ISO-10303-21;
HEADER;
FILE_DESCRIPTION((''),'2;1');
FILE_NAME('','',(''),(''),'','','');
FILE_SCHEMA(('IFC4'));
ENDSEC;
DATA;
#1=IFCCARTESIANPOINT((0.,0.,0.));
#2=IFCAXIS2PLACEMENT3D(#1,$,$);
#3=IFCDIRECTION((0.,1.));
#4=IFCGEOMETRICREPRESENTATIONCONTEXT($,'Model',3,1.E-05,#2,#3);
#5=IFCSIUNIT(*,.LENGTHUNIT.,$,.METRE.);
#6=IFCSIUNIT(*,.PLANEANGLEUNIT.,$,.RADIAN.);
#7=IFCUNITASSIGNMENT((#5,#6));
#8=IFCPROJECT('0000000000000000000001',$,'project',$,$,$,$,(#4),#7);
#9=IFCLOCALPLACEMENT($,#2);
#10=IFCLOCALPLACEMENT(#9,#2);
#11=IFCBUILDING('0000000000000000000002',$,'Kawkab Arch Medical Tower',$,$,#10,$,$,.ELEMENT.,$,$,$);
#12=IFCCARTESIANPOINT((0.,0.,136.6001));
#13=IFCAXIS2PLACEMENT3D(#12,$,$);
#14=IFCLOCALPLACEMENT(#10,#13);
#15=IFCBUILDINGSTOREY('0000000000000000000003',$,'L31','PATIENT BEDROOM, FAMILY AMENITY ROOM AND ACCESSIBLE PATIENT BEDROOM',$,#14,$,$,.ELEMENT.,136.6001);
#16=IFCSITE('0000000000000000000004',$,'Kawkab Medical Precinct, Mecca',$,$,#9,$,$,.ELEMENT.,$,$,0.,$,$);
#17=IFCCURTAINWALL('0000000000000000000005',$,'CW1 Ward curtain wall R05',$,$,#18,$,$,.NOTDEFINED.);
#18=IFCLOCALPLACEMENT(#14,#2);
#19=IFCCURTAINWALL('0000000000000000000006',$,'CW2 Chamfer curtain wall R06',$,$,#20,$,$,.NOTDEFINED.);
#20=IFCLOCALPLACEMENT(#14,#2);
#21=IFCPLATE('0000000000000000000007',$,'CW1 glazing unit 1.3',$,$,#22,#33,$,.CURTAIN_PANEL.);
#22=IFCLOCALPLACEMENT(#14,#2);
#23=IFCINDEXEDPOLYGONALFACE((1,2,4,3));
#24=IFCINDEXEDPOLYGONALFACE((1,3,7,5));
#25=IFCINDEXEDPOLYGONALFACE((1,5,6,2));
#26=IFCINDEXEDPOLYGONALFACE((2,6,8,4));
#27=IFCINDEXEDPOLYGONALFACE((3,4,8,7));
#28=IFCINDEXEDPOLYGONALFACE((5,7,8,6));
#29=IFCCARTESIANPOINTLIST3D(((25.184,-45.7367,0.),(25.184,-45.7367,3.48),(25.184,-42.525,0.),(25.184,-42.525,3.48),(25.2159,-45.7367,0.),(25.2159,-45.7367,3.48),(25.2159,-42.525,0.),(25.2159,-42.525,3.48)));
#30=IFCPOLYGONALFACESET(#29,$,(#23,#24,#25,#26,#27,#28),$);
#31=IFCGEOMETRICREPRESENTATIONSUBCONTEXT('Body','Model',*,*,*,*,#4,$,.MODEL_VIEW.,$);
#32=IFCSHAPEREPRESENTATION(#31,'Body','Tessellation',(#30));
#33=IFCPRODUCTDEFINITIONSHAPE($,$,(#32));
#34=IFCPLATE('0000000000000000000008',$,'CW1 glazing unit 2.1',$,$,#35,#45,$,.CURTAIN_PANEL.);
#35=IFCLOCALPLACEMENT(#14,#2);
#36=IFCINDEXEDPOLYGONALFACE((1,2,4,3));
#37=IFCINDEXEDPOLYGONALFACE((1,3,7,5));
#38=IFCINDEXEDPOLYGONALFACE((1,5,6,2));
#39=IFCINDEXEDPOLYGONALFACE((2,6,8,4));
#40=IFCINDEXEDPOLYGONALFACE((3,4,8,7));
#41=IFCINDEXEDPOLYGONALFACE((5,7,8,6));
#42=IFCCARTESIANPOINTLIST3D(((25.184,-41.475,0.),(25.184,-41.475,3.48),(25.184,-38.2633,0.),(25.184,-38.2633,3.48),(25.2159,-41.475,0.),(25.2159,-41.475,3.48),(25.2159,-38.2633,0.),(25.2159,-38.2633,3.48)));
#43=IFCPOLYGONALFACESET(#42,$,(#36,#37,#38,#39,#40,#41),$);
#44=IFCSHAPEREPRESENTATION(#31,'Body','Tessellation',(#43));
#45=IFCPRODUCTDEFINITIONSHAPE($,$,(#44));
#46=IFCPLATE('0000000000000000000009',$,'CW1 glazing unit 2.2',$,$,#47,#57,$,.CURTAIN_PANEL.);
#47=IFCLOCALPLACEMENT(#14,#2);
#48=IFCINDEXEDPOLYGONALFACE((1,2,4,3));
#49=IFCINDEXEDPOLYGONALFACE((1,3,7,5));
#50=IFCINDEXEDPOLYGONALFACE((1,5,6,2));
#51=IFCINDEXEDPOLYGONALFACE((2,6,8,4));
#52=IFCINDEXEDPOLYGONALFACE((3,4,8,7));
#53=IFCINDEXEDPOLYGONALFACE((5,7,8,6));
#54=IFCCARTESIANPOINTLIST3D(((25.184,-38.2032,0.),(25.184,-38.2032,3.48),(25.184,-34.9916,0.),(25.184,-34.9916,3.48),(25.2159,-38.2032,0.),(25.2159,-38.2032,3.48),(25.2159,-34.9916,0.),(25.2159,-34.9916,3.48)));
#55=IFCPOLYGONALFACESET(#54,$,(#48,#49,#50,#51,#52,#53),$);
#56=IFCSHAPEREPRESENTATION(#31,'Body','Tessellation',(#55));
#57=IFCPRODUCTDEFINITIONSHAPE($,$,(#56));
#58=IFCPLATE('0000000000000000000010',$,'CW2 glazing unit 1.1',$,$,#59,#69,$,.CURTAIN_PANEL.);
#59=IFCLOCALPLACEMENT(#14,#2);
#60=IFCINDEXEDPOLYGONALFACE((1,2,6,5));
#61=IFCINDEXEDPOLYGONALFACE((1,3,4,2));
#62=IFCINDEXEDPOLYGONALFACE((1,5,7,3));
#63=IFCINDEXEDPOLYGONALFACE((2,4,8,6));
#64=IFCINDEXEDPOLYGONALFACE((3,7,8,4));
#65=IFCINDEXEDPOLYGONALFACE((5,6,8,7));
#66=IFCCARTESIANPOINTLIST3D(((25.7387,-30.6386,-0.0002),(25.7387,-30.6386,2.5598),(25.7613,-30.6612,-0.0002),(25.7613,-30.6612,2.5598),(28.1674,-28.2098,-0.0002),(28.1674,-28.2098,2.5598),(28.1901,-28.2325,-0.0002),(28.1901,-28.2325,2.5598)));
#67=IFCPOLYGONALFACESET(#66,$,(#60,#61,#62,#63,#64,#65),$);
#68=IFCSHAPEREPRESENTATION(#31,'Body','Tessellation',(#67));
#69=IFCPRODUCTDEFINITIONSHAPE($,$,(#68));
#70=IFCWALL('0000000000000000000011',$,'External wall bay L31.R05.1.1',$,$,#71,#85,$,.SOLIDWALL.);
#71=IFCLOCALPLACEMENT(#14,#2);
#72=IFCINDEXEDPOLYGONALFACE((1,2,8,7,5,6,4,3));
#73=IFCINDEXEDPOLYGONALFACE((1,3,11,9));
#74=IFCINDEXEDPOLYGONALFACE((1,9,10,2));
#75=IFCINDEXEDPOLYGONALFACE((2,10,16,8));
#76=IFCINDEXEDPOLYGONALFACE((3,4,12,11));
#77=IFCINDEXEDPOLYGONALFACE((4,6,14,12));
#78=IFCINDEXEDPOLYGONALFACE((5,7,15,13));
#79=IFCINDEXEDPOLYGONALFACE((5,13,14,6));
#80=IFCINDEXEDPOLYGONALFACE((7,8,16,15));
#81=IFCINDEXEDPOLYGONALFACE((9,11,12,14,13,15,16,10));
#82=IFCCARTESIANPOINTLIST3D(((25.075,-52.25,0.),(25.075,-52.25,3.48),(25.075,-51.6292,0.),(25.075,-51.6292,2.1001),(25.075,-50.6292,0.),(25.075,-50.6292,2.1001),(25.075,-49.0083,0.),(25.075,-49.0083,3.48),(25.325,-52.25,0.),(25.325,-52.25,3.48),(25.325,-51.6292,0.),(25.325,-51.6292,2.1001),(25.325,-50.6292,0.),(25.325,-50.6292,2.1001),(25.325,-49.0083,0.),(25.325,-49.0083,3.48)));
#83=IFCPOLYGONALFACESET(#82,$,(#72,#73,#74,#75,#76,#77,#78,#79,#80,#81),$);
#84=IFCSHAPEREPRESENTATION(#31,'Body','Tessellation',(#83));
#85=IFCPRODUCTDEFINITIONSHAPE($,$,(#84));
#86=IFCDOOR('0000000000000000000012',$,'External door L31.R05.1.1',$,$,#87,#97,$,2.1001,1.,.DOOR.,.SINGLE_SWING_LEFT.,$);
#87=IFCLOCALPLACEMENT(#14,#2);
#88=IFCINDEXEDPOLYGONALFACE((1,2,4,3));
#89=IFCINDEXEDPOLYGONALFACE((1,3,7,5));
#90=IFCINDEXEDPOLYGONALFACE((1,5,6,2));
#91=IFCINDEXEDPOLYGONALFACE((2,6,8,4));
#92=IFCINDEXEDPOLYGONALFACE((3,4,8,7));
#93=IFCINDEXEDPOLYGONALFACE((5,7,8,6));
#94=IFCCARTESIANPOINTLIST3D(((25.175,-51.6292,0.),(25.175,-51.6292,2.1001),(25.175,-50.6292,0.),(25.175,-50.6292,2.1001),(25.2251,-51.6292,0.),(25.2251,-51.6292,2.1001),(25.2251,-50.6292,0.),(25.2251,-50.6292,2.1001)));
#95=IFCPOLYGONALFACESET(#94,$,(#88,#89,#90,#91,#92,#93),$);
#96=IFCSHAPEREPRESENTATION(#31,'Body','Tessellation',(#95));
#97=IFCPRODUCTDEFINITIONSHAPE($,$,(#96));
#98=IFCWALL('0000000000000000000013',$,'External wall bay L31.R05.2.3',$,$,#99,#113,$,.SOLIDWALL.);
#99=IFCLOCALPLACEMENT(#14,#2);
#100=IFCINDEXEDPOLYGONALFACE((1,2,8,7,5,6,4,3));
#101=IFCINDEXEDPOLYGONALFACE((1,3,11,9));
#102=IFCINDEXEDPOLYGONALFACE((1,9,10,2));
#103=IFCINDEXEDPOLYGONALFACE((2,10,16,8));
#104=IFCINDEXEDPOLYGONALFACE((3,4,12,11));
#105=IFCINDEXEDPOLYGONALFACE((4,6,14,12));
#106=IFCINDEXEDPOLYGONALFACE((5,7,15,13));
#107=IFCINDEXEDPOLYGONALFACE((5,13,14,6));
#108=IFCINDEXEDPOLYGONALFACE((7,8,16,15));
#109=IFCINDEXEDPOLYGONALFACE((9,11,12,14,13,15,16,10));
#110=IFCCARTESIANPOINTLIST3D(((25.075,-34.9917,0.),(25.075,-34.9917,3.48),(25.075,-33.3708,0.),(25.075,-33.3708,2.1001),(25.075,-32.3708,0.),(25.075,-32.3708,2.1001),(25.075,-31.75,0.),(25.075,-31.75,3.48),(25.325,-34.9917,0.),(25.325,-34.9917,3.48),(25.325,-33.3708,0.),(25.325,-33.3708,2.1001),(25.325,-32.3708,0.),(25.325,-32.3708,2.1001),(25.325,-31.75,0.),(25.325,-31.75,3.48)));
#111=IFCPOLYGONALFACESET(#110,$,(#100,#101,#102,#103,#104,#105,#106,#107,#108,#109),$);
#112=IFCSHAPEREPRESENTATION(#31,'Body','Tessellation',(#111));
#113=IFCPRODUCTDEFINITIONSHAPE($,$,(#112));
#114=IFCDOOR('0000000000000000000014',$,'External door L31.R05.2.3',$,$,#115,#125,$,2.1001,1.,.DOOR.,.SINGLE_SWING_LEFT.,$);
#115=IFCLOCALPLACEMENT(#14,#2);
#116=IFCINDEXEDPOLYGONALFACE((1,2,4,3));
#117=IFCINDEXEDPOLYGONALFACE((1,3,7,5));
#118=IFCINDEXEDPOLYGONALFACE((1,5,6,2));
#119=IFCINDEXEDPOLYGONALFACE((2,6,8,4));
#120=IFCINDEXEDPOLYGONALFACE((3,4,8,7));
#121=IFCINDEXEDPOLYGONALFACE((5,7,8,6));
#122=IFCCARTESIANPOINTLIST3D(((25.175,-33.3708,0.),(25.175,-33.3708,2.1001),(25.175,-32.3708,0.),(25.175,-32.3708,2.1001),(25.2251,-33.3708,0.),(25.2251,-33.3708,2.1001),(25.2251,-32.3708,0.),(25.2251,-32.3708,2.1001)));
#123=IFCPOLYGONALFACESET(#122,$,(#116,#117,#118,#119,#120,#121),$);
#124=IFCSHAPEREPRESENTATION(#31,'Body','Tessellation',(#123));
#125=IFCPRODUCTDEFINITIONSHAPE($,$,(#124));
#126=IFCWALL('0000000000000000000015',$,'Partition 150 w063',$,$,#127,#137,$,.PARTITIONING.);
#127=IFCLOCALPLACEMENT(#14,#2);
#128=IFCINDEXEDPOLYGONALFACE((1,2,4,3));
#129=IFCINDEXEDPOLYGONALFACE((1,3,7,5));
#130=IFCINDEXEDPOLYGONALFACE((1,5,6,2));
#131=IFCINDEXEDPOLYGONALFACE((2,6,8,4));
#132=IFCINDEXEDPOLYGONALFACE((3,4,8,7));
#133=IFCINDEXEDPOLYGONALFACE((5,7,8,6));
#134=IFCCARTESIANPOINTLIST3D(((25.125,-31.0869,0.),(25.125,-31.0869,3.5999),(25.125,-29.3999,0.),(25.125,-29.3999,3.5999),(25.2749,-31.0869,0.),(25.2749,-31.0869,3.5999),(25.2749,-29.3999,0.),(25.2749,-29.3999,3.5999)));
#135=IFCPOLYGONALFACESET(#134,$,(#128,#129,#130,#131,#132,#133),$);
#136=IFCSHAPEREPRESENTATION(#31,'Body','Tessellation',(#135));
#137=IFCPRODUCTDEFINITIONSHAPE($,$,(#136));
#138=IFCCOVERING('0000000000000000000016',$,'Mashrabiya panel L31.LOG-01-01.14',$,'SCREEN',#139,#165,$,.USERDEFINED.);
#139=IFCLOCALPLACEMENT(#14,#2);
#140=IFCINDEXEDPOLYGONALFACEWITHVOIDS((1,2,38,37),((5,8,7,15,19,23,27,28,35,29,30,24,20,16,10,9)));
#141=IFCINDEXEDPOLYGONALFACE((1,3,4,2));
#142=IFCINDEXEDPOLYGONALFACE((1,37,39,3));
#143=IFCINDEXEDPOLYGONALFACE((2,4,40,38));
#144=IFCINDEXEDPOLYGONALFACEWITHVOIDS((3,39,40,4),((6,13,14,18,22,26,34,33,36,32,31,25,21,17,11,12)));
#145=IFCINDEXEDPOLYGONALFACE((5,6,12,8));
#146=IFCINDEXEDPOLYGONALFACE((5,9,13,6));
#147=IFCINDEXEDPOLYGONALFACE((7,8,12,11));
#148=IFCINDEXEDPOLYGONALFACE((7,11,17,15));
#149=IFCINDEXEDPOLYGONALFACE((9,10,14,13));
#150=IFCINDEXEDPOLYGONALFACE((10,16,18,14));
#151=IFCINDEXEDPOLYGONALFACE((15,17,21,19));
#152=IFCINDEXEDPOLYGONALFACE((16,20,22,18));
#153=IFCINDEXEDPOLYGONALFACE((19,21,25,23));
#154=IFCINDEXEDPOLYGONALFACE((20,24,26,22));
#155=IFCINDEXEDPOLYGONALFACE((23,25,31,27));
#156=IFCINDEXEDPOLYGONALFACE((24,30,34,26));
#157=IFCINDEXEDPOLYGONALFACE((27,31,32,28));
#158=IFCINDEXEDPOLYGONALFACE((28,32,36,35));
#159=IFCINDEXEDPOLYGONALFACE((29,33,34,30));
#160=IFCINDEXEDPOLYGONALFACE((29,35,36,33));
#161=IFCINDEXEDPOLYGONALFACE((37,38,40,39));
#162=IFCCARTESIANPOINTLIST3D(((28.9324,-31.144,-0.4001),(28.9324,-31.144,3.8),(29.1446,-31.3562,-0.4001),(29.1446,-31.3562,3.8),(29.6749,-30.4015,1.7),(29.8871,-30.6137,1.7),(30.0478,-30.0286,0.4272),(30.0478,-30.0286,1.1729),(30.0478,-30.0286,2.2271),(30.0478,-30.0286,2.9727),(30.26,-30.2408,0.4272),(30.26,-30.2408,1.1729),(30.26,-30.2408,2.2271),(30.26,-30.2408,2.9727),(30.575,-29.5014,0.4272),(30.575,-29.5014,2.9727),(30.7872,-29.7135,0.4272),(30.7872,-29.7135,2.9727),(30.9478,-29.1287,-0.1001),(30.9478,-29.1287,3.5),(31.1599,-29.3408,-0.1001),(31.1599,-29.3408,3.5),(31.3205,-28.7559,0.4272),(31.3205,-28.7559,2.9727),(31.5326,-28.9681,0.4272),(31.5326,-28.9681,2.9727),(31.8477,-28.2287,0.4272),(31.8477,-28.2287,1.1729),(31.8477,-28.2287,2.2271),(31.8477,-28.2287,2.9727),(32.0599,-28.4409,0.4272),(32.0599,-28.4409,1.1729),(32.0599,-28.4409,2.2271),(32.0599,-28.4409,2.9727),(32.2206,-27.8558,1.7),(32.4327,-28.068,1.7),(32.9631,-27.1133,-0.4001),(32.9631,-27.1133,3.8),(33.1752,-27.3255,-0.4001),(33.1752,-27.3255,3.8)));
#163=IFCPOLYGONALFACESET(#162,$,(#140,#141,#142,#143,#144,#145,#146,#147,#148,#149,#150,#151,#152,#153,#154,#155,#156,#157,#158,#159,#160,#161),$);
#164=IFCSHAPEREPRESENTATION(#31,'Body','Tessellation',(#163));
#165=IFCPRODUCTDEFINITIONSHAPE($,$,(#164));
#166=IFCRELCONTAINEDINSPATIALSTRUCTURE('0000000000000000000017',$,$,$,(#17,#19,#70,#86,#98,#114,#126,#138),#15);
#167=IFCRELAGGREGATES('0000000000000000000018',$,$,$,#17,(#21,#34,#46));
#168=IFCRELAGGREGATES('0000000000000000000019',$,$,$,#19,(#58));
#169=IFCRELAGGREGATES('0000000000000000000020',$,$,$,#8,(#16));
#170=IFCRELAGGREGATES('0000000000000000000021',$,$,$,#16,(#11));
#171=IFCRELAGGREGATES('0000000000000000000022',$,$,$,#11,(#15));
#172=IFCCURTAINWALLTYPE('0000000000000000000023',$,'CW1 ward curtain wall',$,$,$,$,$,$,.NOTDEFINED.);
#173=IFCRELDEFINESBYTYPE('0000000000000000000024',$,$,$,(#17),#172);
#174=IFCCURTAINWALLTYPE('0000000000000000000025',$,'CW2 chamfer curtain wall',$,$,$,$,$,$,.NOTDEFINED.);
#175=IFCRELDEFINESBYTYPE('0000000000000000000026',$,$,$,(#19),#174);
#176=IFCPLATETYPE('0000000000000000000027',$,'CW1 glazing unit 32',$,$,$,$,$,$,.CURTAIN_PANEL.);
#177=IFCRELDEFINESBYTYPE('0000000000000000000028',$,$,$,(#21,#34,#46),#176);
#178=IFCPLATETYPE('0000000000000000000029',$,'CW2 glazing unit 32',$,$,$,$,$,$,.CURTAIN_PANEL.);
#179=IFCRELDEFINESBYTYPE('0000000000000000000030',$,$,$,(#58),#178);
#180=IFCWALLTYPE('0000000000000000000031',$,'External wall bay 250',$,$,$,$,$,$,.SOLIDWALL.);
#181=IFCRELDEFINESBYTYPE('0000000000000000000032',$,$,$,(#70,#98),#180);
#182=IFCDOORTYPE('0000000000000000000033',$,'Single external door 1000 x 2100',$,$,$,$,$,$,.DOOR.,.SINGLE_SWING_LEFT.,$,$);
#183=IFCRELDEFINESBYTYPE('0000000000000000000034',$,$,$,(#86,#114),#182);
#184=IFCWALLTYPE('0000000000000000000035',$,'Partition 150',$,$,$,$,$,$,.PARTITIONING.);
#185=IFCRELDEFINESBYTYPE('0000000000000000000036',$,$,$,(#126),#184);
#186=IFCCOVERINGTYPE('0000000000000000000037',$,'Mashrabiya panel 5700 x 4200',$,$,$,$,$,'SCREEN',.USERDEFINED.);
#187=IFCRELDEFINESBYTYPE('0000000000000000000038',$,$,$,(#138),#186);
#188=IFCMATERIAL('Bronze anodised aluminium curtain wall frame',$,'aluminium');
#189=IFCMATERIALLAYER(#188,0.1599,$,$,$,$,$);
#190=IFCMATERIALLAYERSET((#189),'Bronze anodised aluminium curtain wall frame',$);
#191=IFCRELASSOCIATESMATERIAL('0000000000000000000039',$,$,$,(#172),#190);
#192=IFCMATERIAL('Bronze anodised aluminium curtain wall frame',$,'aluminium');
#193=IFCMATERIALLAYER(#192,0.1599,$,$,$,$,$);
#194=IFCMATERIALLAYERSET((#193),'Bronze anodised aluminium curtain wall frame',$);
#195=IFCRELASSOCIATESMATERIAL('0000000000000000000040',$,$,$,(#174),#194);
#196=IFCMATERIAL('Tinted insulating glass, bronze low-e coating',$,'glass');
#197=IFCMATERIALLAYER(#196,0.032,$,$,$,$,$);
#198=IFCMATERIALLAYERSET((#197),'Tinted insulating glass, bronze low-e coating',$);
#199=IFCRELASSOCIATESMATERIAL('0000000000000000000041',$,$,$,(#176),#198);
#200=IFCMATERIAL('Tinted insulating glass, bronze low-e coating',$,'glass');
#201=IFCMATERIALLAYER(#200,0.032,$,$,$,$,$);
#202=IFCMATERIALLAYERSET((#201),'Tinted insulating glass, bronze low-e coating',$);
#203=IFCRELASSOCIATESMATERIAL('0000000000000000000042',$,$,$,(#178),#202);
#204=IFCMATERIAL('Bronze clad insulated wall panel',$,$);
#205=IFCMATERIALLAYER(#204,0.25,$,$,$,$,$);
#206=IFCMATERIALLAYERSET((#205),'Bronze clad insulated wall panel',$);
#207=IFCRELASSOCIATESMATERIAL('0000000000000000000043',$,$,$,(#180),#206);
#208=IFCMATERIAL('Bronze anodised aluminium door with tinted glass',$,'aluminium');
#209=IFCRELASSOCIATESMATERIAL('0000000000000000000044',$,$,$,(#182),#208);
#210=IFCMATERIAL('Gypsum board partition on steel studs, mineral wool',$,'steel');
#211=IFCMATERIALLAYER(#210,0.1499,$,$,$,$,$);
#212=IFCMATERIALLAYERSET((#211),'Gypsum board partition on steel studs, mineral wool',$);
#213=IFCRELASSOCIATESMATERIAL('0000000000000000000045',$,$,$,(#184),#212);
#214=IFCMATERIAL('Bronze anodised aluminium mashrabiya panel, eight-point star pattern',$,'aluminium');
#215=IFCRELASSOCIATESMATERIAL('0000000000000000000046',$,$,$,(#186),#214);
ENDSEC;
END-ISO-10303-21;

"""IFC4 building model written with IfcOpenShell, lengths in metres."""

from ifc_helpers import new_model, si_unit, direction, frame, frame_2d, origin, origin_2d, place, context, subcontext, project, spatial, polyline, rectangle, outline, extrude, material, layer, layer_set, material_profile, profile_set, type_object, element, fill, aggregate, save


model = new_model("IFC4")

# Units and contexts
model_context = context("Model", 3, precision=1e-05, world=origin(), true_north=direction((0.0, 1.0)))
body_context = subcontext(model_context, "Body", "Model", "MODEL_VIEW")
ifc_project = project(units=[si_unit("LENGTHUNIT", "METRE"), si_unit("PLANEANGLEUNIT", "RADIAN")], contexts=[model_context])

# Site, building, storey
site_placement = place(None, origin())
site = spatial("IfcSite", under=ifc_project, at=site_placement, Name="Kawkab Medical Precinct, Mecca", CompositionType="ELEMENT", RefElevation=0.0)
building_placement = place(site_placement, origin())
building = spatial("IfcBuilding", under=site, at=building_placement, Name="Kawkab Arch Medical Tower", CompositionType="ELEMENT")
storey_placement = place(building_placement, frame((0.0, 0.0, 136.6001)))
storey = spatial("IfcBuildingStorey", under=building, at=storey_placement, Name="L31", Description="PATIENT BEDROOM, FAMILY AMENITY ROOM AND ACCESSIBLE PATIENT BEDROOM", CompositionType="ELEMENT", Elevation=136.6001)

# Curtain walls
ifc_material_1 = material(Name="Bronze anodised aluminium curtain wall frame", Category="aluminium")
ifc_layer_1 = layer(ifc_material_1, 0.1599)
ifc_layer_set_1 = layer_set([ifc_layer_1], Name="Bronze anodised aluminium curtain wall frame")
curtain_wall_type_1 = type_object("IfcCurtainWallType", Name="CW1 ward curtain wall", PredefinedType="NOTDEFINED", material=ifc_layer_set_1)
placement = place(storey_placement, origin())
curtain_wall_1 = element("IfcCurtainWall", 1, at=placement, inside=storey, type_object=curtain_wall_type_1, Name="CW1 Ward curtain wall R05", PredefinedType="NOTDEFINED")
ifc_material_2 = material(Name="Bronze anodised aluminium curtain wall frame", Category="aluminium")
ifc_layer_2 = layer(ifc_material_2, 0.1599)
ifc_layer_set_2 = layer_set([ifc_layer_2], Name="Bronze anodised aluminium curtain wall frame")
curtain_wall_type_2 = type_object("IfcCurtainWallType", Name="CW2 chamfer curtain wall", PredefinedType="NOTDEFINED", material=ifc_layer_set_2)
curtain_wall_2 = element("IfcCurtainWall", 2, at=placement, inside=storey, type_object=curtain_wall_type_2, Name="CW2 Chamfer curtain wall R06", PredefinedType="NOTDEFINED")

# Plates
ifc_material_3 = material(Name="Tinted insulating glass, bronze low-e coating", Category="glass")
ifc_layer_3 = layer(ifc_material_3, 0.032)
ifc_layer_set_3 = layer_set([ifc_layer_3], Name="Tinted insulating glass, bronze low-e coating")
plate_type_1 = type_object("IfcPlateType", Name="CW1 glazing unit 32", PredefinedType="CURTAIN_PANEL", material=ifc_layer_set_3)
plate_1_placement = place(storey_placement, frame((25.2, -44.1309, 0.0), z_axis=(0.0, 0.0, 1.0), x_axis=(0.0, 1.0, 0.0)))
plate_1 = element("IfcPlate", 3, at=plate_1_placement, type_object=plate_type_1, Name="CW1 glazing unit 1.3", PredefinedType="CURTAIN_PANEL", context=body_context, shape_type="SweptSolid", body=[
    extrude(rectangle(XDim=3.2117, YDim=0.032, at=origin_2d()), origin(), (0.0, 0.0, 1.0), 3.48),
])
plate_2_placement = place(storey_placement, frame((25.2, -39.8691, 0.0), z_axis=(0.0, 0.0, 1.0), x_axis=(0.0, 1.0, 0.0)))
plate_2 = element("IfcPlate", 4, at=plate_2_placement, type_object=plate_type_1, Name="CW1 glazing unit 2.1", PredefinedType="CURTAIN_PANEL", context=body_context, shape_type="SweptSolid", body=[
    extrude(rectangle(XDim=3.2117, YDim=0.032, at=origin_2d()), origin(), (0.0, 0.0, 1.0), 3.48),
])
plate_3_placement = place(storey_placement, frame((25.2, -36.5974, 0.0), z_axis=(0.0, 0.0, 1.0), x_axis=(0.0, 1.0, 0.0)))
plate_3 = element("IfcPlate", 5, at=plate_3_placement, type_object=plate_type_1, Name="CW1 glazing unit 2.2", PredefinedType="CURTAIN_PANEL", context=body_context, shape_type="SweptSolid", body=[
    extrude(rectangle(XDim=3.2117, YDim=0.032, at=origin_2d()), origin(), (0.0, 0.0, 1.0), 3.48),
])
aggregate(curtain_wall_1, [plate_1, plate_2, plate_3])
ifc_material_4 = material(Name="Tinted insulating glass, bronze low-e coating", Category="glass")
ifc_layer_4 = layer(ifc_material_4, 0.032)
ifc_layer_set_4 = layer_set([ifc_layer_4], Name="Tinted insulating glass, bronze low-e coating")
plate_type_2 = type_object("IfcPlateType", Name="CW2 glazing unit 32", PredefinedType="CURTAIN_PANEL", material=ifc_layer_set_4)
plate_4_placement = place(storey_placement, frame((26.9644, -29.4355, -0.0002), z_axis=(0.0, 0.0, 1.0), x_axis=(0.707107, 0.707107, 0.0)))
plate_4 = element("IfcPlate", 6, at=plate_4_placement, type_object=plate_type_2, Name="CW2 glazing unit 1.1", PredefinedType="CURTAIN_PANEL", context=body_context, shape_type="SweptSolid", body=[
    extrude(rectangle(XDim=3.4348, YDim=0.032, at=origin_2d()), origin(), (0.0, 0.0, 1.0), 2.5601),
])
aggregate(curtain_wall_2, [plate_4])

# Walls, openings, doors
ifc_material_5 = material(Name="Bronze clad insulated wall panel")
ifc_layer_5 = layer(ifc_material_5, 0.25)
ifc_layer_set_5 = layer_set([ifc_layer_5], Name="Bronze clad insulated wall panel")
wall_type_1 = type_object("IfcWallType", Name="External wall bay 250", PredefinedType="SOLIDWALL", material=ifc_layer_set_5)
wall_1_placement = place(storey_placement, frame((25.2, -52.25, 0.0), z_axis=(0.0, 0.0, 1.0), x_axis=(0.0, 1.0, 0.0)))
wall_1 = element("IfcWall", 7, at=wall_1_placement, inside=storey, type_object=wall_type_1, Name="External wall bay L31.R05.1.1", PredefinedType="SOLIDWALL", context=body_context, shape_type="SweptSolid", body=[
    extrude(rectangle(XDim=3.2417, YDim=0.25, at=frame_2d((1.6208, 0.0))), origin(), (0.0, 0.0, 1.0), 3.48),
])
opening_1_placement = place(wall_1_placement, frame((0.6208, 0.0, 0.0)))
opening_1 = element("IfcOpeningElement", 8, at=opening_1_placement, cuts=wall_1, PredefinedType="OPENING", context=body_context, shape_type="SweptSolid", body=[
    extrude(rectangle(XDim=1.0, YDim=2.1001, at=frame_2d((0.5, 1.05))), frame((0.0, 0.135, 0.0), z_axis=(0.0, -1.0, 0.0), x_axis=(1.0, 0.0, 0.0)), (0.0, 0.0, 1.0), 0.27),
])
ifc_material_6 = material(Name="Bronze anodised aluminium door with tinted glass", Category="aluminium")
door_type = type_object("IfcDoorType", Name="Single external door 1000 x 2100", OperationType="SINGLE_SWING_LEFT", PredefinedType="DOOR", material=ifc_material_6)
door_1_placement = place(opening_1_placement, origin())
door_1 = element("IfcDoor", 9, at=door_1_placement, inside=storey, type_object=door_type, Name="External door L31.R05.1.1", OperationType="SINGLE_SWING_LEFT", OverallHeight=2.1001, OverallWidth=1.0, PredefinedType="DOOR", context=body_context, shape_type="SweptSolid", body=[
    extrude(rectangle(XDim=1.0, YDim=2.1001, at=frame_2d((0.5, 1.05))), frame((0.0, 0.0249, 0.0), z_axis=(0.0, -1.0, 0.0), x_axis=(1.0, 0.0, 0.0)), (0.0, 0.0, 1.0), 0.05),
])
fill(opening_1, door_1)
wall_2_placement = place(storey_placement, frame((25.2, -34.9917, 0.0), z_axis=(0.0, 0.0, 1.0), x_axis=(0.0, 1.0, 0.0)))
wall_2 = element("IfcWall", 10, at=wall_2_placement, inside=storey, type_object=wall_type_1, Name="External wall bay L31.R05.2.3", PredefinedType="SOLIDWALL", context=body_context, shape_type="SweptSolid", body=[
    extrude(rectangle(XDim=3.2417, YDim=0.25, at=frame_2d((1.6208, 0.0))), origin(), (0.0, 0.0, 1.0), 3.48),
])
opening_2_placement = place(wall_2_placement, frame((1.6208, 0.0, 0.0)))
opening_2 = element("IfcOpeningElement", 11, at=opening_2_placement, cuts=wall_2, PredefinedType="OPENING", context=body_context, shape_type="SweptSolid", body=[
    extrude(rectangle(XDim=1.0, YDim=2.1001, at=frame_2d((0.5, 1.05))), frame((0.0, 0.135, 0.0), z_axis=(0.0, -1.0, 0.0), x_axis=(1.0, 0.0, 0.0)), (0.0, 0.0, 1.0), 0.27),
])
door_2_placement = place(opening_2_placement, origin())
door_2 = element("IfcDoor", 12, at=door_2_placement, inside=storey, type_object=door_type, Name="External door L31.R05.2.3", OperationType="SINGLE_SWING_LEFT", OverallHeight=2.1001, OverallWidth=1.0, PredefinedType="DOOR", context=body_context, shape_type="SweptSolid", body=[
    extrude(rectangle(XDim=1.0, YDim=2.1001, at=frame_2d((0.5, 1.05))), frame((0.0, 0.0249, 0.0), z_axis=(0.0, -1.0, 0.0), x_axis=(1.0, 0.0, 0.0)), (0.0, 0.0, 1.0), 0.05),
])
fill(opening_2, door_2)

# Wall
ifc_material_7 = material(Name="Gypsum board partition on steel studs, mineral wool", Category="steel")
ifc_layer_6 = layer(ifc_material_7, 0.1499)
ifc_layer_set_6 = layer_set([ifc_layer_6], Name="Gypsum board partition on steel studs, mineral wool")
wall_type_2 = type_object("IfcWallType", Name="Partition 150", PredefinedType="PARTITIONING", material=ifc_layer_set_6)
wall_3_placement = place(storey_placement, frame((25.2, -31.0869, 0.0), z_axis=(0.0, 0.0, 1.0), x_axis=(0.0, 1.0, 0.0)))
element("IfcWall", 13, at=wall_3_placement, inside=storey, type_object=wall_type_2, Name="Partition 150 w063", PredefinedType="PARTITIONING", context=body_context, shape_type="SweptSolid", body=[
    extrude(rectangle(XDim=1.687, YDim=0.1499, at=frame_2d((0.8435, 0.0))), origin(), (0.0, 0.0, 1.0), 3.5999),
])

# Covering
ifc_material_8 = material(Name="Bronze anodised aluminium mashrabiya panel, eight-point star pattern", Category="aluminium")
ifc_material_profile_1 = material_profile(ifc_material_8, outline(polyline([(-2.8501, -2.1001), (2.8501, -2.1001), (2.8501, 2.1001), (-2.8501, 2.1001), (-2.8501, -2.1001)]), holes=[polyline([(1.8, 0.0), (1.2727, 0.5271), (1.2727, 1.2727), (0.5271, 1.2727), (0.0, 1.8), (-0.5271, 1.2727), (-1.2727, 1.2727), (-1.2727, 0.5271), (-1.8, 0.0), (-1.2727, -0.5271), (-1.2727, -1.2727), (-0.5271, -1.2727), (0.0, -1.8), (0.5271, -1.2727), (1.2727, -1.2727), (1.2727, -0.5271), (1.8, 0.0)])]), Name="Mashrabiya panel 5700x4200")
ifc_profile_set_1 = profile_set([ifc_material_profile_1], Name="Bronze anodised aluminium mashrabiya panel, eight-point star pattern")
covering_type_1 = type_object("IfcCoveringType", Name="Mashrabiya panel 5700 x 4200", ElementType="SCREEN", PredefinedType="USERDEFINED", material=ifc_profile_set_1)
covering_1_placement = place(storey_placement, frame((30.9478, -29.1287, 1.7), z_axis=(0.707107, -0.707107, 0.0), x_axis=(0.707107, 0.707107, 0.0)))
element("IfcCovering", 14, at=covering_1_placement, inside=storey, type_object=covering_type_1, Name="Mashrabiya panel L31.LOG-01-01.14", ObjectType="SCREEN", PredefinedType="USERDEFINED", context=body_context, shape_type="SweptSolid", body=[
    extrude(outline(polyline([(-2.8501, -2.1001), (2.8501, -2.1001), (2.8501, 2.1001), (-2.8501, 2.1001), (-2.8501, -2.1001)]), holes=[polyline([(1.8, 0.0), (1.2727, 0.5271), (1.2727, 1.2727), (0.5271, 1.2727), (0.0, 1.8), (-0.5271, 1.2727), (-1.2727, 1.2727), (-1.2727, 0.5271), (-1.8, 0.0), (-1.2727, -0.5271), (-1.2727, -1.2727), (-0.5271, -1.2727), (0.0, -1.8), (0.5271, -1.2727), (1.2727, -1.2727), (1.2727, -0.5271), (1.8, 0.0)])]), origin(), (0.0, 0.0, 1.0), 0.3),
])

save(model, "model.ifc")
